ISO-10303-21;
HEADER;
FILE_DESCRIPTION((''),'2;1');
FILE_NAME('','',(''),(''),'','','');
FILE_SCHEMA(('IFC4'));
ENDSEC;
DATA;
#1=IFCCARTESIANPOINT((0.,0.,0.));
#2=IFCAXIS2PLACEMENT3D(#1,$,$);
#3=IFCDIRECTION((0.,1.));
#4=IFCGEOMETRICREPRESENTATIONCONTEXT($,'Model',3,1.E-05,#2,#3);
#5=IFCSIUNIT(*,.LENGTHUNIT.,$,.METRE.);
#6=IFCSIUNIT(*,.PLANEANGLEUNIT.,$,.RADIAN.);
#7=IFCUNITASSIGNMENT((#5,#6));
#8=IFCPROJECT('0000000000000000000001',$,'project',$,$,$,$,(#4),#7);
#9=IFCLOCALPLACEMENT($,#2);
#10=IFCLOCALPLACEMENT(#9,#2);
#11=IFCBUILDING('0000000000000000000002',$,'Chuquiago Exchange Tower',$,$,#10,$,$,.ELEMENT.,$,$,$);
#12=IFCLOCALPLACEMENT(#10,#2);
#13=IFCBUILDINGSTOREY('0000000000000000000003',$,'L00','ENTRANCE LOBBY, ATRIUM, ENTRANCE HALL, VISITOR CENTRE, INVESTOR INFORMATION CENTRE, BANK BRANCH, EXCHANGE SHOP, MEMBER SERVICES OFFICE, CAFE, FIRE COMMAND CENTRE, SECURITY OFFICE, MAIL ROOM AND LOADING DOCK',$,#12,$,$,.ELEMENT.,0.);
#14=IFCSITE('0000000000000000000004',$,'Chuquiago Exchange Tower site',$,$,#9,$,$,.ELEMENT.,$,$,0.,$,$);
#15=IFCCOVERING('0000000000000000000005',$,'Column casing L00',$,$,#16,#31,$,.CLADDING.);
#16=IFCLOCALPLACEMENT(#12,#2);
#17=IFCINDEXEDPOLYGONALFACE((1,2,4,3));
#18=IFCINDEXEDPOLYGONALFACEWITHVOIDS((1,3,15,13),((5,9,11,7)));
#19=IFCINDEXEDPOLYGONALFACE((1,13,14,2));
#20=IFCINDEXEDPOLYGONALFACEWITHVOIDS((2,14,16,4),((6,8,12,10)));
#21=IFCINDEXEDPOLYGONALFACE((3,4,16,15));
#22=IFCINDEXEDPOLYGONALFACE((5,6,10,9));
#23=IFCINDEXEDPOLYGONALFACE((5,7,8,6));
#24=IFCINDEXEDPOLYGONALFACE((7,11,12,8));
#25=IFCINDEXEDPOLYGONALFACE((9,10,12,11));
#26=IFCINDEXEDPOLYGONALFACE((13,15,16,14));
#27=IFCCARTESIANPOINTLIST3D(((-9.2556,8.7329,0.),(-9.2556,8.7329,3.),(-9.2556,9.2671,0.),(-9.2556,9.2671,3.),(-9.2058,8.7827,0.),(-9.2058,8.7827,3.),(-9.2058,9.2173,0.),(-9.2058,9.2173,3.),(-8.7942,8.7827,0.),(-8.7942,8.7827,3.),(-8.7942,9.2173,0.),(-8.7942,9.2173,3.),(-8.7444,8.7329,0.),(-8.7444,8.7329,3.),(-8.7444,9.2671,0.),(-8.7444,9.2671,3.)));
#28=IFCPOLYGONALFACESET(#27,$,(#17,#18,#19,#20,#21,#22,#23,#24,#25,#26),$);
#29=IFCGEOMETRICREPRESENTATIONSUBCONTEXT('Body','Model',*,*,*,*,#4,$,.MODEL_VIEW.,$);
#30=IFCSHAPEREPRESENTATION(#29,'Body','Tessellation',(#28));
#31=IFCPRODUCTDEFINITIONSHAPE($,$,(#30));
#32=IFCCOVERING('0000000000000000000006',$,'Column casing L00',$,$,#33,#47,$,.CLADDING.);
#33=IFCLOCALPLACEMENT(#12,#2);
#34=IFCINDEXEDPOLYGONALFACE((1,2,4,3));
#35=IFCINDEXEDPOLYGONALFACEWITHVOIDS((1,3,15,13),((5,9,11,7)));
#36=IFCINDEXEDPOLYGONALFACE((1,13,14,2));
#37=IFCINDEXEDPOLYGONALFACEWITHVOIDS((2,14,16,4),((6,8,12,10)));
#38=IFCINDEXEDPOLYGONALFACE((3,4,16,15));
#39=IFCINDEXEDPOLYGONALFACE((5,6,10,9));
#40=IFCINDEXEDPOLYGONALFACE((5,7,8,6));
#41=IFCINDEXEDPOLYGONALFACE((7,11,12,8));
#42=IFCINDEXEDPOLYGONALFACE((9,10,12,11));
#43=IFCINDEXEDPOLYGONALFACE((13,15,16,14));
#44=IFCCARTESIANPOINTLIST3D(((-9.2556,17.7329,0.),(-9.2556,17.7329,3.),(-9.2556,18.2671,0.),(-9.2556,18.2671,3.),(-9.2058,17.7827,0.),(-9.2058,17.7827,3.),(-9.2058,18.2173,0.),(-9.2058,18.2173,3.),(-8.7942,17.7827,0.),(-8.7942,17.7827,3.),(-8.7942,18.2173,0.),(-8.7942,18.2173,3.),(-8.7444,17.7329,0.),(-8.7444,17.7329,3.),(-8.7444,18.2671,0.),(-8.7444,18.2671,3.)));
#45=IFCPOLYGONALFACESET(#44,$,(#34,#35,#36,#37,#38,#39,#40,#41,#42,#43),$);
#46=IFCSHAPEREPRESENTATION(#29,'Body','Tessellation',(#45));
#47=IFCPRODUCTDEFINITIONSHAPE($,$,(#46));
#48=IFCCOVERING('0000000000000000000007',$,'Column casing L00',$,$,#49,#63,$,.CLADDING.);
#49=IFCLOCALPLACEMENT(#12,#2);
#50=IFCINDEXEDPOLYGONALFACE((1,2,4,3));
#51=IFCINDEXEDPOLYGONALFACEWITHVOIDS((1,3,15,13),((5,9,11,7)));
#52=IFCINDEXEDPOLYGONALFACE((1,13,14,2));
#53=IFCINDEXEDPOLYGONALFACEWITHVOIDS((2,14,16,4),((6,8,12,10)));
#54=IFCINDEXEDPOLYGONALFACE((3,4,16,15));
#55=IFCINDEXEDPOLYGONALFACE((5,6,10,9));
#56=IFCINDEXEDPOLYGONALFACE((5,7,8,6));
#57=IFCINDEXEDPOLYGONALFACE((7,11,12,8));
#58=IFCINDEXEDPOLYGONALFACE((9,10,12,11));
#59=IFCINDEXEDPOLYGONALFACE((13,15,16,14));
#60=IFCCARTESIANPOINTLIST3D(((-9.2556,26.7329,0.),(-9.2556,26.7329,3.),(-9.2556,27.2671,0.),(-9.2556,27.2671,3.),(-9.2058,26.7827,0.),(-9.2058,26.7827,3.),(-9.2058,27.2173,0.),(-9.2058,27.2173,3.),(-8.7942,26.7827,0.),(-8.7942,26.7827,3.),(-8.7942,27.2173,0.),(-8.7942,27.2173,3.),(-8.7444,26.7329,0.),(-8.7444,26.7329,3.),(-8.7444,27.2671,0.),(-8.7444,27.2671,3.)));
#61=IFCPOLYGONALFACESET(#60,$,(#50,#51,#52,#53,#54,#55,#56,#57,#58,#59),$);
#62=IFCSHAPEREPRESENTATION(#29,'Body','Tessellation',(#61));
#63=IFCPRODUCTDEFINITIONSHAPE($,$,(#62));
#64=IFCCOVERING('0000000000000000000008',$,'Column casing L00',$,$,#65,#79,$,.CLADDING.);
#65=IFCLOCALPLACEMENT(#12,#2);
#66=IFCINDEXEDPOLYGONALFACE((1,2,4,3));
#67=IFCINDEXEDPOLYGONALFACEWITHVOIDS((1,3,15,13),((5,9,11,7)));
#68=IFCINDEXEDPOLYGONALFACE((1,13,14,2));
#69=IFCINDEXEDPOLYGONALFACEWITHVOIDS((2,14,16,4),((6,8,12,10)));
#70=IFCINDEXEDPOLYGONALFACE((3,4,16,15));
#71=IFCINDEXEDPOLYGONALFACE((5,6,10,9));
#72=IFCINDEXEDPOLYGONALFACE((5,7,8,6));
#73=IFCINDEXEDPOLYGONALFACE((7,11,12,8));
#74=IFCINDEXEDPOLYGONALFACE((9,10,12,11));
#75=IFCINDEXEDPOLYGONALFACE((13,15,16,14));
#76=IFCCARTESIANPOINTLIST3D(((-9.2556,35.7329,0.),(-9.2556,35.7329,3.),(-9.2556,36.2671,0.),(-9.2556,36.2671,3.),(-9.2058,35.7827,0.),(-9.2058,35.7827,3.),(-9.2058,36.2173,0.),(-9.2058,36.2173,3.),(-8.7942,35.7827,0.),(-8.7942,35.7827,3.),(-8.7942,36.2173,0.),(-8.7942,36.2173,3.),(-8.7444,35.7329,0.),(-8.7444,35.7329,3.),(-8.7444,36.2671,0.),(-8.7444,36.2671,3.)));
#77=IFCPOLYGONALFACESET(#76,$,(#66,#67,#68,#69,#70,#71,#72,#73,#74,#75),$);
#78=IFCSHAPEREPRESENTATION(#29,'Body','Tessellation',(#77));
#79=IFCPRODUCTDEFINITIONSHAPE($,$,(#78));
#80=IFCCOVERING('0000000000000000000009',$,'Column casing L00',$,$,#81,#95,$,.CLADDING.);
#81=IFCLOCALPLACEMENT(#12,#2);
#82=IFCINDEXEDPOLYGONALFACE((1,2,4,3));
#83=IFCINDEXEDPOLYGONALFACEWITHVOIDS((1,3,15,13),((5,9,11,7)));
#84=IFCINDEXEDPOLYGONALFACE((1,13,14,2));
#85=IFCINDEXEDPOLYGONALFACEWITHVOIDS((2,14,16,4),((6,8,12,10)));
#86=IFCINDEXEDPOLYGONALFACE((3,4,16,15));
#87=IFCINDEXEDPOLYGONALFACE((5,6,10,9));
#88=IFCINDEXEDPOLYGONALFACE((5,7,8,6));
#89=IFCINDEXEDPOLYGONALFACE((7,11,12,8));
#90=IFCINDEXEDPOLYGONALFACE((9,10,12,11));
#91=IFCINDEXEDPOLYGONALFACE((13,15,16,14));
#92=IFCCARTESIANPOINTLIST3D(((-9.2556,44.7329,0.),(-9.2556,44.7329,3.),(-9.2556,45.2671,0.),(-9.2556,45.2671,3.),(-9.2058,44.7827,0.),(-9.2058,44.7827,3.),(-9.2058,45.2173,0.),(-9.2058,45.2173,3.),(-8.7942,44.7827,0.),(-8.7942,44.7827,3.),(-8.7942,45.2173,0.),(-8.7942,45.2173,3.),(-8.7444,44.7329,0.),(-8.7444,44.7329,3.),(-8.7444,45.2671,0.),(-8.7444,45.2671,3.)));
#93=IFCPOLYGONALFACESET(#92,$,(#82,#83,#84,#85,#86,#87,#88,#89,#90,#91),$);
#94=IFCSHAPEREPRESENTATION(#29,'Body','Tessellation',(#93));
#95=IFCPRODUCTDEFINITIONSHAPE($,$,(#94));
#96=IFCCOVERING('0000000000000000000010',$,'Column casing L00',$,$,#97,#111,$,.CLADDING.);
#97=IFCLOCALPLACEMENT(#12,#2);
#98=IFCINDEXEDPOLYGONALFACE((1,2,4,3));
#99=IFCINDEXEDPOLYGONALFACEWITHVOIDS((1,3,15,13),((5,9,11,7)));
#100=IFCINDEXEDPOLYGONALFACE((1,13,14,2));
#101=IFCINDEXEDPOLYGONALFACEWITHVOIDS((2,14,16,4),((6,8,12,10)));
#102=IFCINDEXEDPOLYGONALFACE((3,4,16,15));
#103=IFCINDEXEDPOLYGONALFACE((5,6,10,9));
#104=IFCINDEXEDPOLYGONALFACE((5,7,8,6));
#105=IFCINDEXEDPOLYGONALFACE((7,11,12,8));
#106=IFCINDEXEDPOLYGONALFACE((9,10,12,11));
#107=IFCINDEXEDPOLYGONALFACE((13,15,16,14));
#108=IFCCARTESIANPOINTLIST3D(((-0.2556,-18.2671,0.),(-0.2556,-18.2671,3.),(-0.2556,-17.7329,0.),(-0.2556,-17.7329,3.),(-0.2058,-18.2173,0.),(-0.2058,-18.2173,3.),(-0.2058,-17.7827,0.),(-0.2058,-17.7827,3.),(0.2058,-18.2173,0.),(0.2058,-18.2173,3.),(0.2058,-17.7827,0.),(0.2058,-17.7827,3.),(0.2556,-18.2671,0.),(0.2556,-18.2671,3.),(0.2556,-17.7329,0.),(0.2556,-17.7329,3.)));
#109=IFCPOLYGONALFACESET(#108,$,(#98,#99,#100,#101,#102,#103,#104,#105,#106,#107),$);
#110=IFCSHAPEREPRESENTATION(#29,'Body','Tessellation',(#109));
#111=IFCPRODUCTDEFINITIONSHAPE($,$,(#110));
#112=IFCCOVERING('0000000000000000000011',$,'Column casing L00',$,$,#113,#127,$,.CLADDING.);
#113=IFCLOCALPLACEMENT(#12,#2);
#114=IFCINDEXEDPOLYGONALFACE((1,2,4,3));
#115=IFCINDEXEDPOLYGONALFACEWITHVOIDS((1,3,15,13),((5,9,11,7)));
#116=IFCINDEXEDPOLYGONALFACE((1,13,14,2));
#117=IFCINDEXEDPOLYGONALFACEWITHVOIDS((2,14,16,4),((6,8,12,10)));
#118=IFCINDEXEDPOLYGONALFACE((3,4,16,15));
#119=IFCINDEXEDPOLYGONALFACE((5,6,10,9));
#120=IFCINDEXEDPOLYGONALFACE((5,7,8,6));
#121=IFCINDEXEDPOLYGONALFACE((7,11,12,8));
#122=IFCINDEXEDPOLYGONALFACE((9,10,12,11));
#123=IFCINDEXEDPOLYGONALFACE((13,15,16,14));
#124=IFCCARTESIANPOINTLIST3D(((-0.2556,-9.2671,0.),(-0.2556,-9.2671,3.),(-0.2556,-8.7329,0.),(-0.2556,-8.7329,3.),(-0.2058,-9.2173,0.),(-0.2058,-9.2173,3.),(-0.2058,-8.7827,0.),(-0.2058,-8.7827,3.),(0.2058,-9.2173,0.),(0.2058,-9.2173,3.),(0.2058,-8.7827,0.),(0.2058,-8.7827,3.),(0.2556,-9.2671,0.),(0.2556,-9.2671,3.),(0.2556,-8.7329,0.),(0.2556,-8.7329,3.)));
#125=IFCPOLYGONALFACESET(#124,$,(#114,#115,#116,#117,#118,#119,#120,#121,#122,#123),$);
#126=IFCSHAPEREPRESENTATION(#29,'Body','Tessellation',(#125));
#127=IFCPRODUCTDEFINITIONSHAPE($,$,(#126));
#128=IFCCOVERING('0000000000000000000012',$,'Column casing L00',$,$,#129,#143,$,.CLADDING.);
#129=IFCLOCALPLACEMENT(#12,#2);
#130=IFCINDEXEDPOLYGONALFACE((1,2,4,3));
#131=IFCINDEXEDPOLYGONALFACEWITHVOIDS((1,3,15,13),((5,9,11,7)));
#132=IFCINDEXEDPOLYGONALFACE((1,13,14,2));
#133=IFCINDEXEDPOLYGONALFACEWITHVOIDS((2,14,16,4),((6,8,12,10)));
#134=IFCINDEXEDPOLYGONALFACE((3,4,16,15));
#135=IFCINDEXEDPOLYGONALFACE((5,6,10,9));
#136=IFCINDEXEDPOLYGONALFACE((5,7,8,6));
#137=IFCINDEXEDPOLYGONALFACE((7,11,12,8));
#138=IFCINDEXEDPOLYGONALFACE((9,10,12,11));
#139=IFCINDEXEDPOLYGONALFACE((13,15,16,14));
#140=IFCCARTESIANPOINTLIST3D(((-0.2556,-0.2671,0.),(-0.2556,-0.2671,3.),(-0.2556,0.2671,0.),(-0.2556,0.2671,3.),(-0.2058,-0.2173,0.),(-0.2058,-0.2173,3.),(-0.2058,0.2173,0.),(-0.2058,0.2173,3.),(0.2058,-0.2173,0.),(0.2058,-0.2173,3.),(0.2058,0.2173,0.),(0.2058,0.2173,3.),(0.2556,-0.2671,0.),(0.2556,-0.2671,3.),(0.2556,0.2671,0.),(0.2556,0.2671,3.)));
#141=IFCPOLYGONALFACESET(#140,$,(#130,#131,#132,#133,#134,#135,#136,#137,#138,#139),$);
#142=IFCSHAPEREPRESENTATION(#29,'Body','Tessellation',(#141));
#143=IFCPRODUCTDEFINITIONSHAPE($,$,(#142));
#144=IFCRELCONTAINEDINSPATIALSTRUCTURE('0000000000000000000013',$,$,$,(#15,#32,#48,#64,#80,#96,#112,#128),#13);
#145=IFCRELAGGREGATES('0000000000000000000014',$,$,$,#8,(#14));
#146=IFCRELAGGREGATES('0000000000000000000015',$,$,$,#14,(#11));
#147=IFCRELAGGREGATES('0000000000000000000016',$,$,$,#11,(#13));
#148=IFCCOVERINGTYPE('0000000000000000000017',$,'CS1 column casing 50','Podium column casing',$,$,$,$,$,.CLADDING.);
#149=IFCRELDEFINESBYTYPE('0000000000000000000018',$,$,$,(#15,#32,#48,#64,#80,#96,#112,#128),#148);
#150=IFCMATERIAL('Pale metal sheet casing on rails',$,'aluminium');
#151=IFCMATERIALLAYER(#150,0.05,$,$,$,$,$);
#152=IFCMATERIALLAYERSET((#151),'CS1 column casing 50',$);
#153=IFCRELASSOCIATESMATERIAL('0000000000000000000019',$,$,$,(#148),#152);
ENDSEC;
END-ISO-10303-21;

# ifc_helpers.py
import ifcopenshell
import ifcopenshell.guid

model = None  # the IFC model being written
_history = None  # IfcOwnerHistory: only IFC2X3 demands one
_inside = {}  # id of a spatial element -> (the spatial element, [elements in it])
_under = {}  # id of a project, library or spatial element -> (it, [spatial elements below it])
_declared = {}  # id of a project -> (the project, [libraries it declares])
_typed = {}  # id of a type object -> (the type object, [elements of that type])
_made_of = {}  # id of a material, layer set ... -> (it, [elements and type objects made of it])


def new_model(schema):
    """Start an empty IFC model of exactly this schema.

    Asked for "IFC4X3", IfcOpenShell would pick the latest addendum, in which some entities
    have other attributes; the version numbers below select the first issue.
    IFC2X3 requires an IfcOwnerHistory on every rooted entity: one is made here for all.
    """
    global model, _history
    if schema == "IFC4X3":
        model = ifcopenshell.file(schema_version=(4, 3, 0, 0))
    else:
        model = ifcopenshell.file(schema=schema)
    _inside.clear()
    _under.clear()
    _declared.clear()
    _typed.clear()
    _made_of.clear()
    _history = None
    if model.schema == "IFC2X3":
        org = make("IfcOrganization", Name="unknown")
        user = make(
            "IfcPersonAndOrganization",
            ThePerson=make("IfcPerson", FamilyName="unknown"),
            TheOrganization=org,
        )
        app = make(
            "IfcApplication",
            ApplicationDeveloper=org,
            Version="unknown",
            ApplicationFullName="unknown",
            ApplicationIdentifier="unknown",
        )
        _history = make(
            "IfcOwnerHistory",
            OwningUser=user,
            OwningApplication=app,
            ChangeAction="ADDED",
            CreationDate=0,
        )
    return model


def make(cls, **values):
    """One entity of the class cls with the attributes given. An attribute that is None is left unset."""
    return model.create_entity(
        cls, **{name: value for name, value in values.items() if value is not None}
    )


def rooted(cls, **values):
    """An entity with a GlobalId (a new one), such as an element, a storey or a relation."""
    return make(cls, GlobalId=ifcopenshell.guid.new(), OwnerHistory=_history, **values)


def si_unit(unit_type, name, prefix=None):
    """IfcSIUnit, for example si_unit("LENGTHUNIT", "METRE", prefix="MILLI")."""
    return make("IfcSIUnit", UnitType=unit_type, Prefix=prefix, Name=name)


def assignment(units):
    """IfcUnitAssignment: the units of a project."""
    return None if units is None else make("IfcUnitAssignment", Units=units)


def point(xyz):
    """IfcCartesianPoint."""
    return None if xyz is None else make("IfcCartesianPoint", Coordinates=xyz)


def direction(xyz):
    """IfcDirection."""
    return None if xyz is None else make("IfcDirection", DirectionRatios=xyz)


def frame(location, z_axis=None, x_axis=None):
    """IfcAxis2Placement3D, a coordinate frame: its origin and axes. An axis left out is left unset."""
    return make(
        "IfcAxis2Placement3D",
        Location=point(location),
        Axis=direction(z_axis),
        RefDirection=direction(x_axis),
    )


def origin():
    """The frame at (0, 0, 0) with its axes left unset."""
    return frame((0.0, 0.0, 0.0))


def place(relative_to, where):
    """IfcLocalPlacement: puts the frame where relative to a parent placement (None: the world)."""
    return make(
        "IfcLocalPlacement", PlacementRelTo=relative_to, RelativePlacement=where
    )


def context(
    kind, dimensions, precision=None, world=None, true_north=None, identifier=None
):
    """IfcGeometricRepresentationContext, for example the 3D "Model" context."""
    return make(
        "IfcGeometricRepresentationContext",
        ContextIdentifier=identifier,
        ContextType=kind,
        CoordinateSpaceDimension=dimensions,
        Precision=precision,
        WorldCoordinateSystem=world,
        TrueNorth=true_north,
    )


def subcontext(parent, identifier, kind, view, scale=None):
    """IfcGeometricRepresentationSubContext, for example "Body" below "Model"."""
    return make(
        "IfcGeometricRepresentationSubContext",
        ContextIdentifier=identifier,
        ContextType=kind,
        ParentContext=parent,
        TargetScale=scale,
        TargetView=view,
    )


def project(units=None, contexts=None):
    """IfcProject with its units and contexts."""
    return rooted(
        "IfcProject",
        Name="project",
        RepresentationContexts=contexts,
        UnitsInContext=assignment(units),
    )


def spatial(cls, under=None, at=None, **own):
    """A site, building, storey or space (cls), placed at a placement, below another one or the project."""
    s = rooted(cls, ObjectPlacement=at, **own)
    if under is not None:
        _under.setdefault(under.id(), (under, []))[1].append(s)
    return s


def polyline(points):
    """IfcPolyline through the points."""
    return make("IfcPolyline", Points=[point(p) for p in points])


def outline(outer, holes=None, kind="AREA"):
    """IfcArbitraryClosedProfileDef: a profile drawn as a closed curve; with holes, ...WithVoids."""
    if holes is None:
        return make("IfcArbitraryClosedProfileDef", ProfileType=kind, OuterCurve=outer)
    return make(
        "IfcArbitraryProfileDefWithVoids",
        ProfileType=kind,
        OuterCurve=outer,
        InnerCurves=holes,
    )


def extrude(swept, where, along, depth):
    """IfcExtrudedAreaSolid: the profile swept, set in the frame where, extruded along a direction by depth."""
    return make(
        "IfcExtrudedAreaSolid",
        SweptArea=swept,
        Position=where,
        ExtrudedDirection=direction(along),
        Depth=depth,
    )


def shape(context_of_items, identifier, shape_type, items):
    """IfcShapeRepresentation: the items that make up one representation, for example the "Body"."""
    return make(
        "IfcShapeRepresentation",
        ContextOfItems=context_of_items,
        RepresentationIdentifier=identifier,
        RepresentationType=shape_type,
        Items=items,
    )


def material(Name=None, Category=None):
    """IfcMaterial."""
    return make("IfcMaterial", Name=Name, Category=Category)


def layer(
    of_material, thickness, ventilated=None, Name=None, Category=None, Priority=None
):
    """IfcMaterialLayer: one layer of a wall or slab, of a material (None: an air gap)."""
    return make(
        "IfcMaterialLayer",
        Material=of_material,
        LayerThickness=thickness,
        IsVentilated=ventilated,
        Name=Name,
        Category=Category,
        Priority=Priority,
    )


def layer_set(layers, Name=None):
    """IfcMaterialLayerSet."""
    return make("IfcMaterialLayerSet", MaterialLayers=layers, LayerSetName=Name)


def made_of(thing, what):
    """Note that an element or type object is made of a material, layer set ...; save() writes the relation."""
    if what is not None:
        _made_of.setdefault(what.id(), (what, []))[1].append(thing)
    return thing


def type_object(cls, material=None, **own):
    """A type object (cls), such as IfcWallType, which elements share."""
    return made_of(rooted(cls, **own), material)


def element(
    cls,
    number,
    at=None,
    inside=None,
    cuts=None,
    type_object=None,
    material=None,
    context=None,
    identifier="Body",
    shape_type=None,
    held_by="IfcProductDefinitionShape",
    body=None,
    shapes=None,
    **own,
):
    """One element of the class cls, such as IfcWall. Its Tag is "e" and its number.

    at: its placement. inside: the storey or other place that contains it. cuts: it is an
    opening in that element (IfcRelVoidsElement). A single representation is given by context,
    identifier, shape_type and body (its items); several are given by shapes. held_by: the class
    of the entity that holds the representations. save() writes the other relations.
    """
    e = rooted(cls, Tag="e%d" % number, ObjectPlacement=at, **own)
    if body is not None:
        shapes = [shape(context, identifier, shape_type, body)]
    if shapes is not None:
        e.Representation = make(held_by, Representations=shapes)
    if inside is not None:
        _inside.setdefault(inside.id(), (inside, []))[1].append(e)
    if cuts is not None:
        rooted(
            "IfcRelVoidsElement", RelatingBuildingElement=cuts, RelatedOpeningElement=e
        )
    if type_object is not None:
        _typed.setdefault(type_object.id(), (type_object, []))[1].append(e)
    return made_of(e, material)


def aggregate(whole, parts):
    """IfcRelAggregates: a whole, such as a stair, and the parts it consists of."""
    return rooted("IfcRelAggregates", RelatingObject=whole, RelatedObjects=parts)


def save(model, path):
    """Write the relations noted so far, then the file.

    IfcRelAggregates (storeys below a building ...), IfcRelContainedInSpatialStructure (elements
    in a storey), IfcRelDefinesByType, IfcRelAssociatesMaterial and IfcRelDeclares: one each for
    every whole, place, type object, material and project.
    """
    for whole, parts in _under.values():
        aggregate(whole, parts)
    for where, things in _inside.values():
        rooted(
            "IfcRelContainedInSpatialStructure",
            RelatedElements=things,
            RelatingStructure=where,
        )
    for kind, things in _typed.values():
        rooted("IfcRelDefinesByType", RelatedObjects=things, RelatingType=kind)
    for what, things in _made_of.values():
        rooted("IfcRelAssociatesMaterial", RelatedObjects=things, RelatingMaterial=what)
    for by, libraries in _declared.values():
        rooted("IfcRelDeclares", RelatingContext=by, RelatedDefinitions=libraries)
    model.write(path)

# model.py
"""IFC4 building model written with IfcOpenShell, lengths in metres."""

from ifc_helpers import new_model, si_unit, direction, origin, place, context, subcontext, project, spatial, polyline, outline, extrude, material, layer, layer_set, type_object, element, save


model = new_model("IFC4")

# Units and contexts
model_context = context("Model", 3, precision=1e-05, world=origin(), true_north=direction((0.0, 1.0)))
body_context = subcontext(model_context, "Body", "Model", "MODEL_VIEW")
ifc_project = project(units=[si_unit("LENGTHUNIT", "METRE"), si_unit("PLANEANGLEUNIT", "RADIAN")], contexts=[model_context])

# Site, building, storey
site_placement = place(None, origin())
site = spatial("IfcSite", under=ifc_project, at=site_placement, Name="Chuquiago Exchange Tower site", CompositionType="ELEMENT", RefElevation=0.0)
building_placement = place(site_placement, origin())
building = spatial("IfcBuilding", under=site, at=building_placement, Name="Chuquiago Exchange Tower", CompositionType="ELEMENT")
storey_placement = place(building_placement, origin())
storey = spatial("IfcBuildingStorey", under=building, at=storey_placement, Name="L00", Description="ENTRANCE LOBBY, ATRIUM, ENTRANCE HALL, VISITOR CENTRE, INVESTOR INFORMATION CENTRE, BANK BRANCH, EXCHANGE SHOP, MEMBER SERVICES OFFICE, CAFE, FIRE COMMAND CENTRE, SECURITY OFFICE, MAIL ROOM AND LOADING DOCK", CompositionType="ELEMENT", Elevation=0.0)

# Coverings
ifc_material_1 = material(Name="Pale metal sheet casing on rails", Category="aluminium")
ifc_layer_1 = layer(ifc_material_1, 0.05)
ifc_layer_set_1 = layer_set([ifc_layer_1], Name="CS1 column casing 50")
covering_type = type_object("IfcCoveringType", Name="CS1 column casing 50", Description="Podium column casing", PredefinedType="CLADDING", material=ifc_layer_set_1)
covering_1_placement = place(storey_placement, origin())
element("IfcCovering", 1, at=covering_1_placement, inside=storey, type_object=covering_type, Name="Column casing L00", PredefinedType="CLADDING", context=body_context, shape_type="SweptSolid", body=[
    extrude(outline(polyline([(-9.2556, 8.7329), (-8.7444, 8.7329), (-8.7444, 9.2671), (-9.2556, 9.2671), (-9.2556, 8.7329)]), holes=[polyline([(-9.2058, 8.7827), (-9.2058, 9.2173), (-8.7942, 9.2173), (-8.7942, 8.7827), (-9.2058, 8.7827)])]), origin(), (0.0, 0.0, 1.0), 3.0),
])
covering_2_placement = place(storey_placement, origin())
element("IfcCovering", 2, at=covering_2_placement, inside=storey, type_object=covering_type, Name="Column casing L00", PredefinedType="CLADDING", context=body_context, shape_type="SweptSolid", body=[
    extrude(outline(polyline([(-9.2556, 17.7329), (-8.7444, 17.7329), (-8.7444, 18.2671), (-9.2556, 18.2671), (-9.2556, 17.7329)]), holes=[polyline([(-9.2058, 17.7827), (-9.2058, 18.2173), (-8.7942, 18.2173), (-8.7942, 17.7827), (-9.2058, 17.7827)])]), origin(), (0.0, 0.0, 1.0), 3.0),
])
covering_3_placement = place(storey_placement, origin())
element("IfcCovering", 3, at=covering_3_placement, inside=storey, type_object=covering_type, Name="Column casing L00", PredefinedType="CLADDING", context=body_context, shape_type="SweptSolid", body=[
    extrude(outline(polyline([(-9.2556, 26.7329), (-8.7444, 26.7329), (-8.7444, 27.2671), (-9.2556, 27.2671), (-9.2556, 26.7329)]), holes=[polyline([(-9.2058, 26.7827), (-9.2058, 27.2173), (-8.7942, 27.2173), (-8.7942, 26.7827), (-9.2058, 26.7827)])]), origin(), (0.0, 0.0, 1.0), 3.0),
])
covering_4_placement = place(storey_placement, origin())
element("IfcCovering", 4, at=covering_4_placement, inside=storey, type_object=covering_type, Name="Column casing L00", PredefinedType="CLADDING", context=body_context, shape_type="SweptSolid", body=[
    extrude(outline(polyline([(-9.2556, 35.7329), (-8.7444, 35.7329), (-8.7444, 36.2671), (-9.2556, 36.2671), (-9.2556, 35.7329)]), holes=[polyline([(-9.2058, 35.7827), (-9.2058, 36.2173), (-8.7942, 36.2173), (-8.7942, 35.7827), (-9.2058, 35.7827)])]), origin(), (0.0, 0.0, 1.0), 3.0),
])
covering_5_placement = place(storey_placement, origin())
element("IfcCovering", 5, at=covering_5_placement, inside=storey, type_object=covering_type, Name="Column casing L00", PredefinedType="CLADDING", context=body_context, shape_type="SweptSolid", body=[
    extrude(outline(polyline([(-9.2556, 44.7329), (-8.7444, 44.7329), (-8.7444, 45.2671), (-9.2556, 45.2671), (-9.2556, 44.7329)]), holes=[polyline([(-9.2058, 44.7827), (-9.2058, 45.2173), (-8.7942, 45.2173), (-8.7942, 44.7827), (-9.2058, 44.7827)])]), origin(), (0.0, 0.0, 1.0), 3.0),
])
covering_6_placement = place(storey_placement, origin())
element("IfcCovering", 6, at=covering_6_placement, inside=storey, type_object=covering_type, Name="Column casing L00", PredefinedType="CLADDING", context=body_context, shape_type="SweptSolid", body=[
    extrude(outline(polyline([(-0.2556, -18.2671), (0.2556, -18.2671), (0.2556, -17.7329), (-0.2556, -17.7329), (-0.2556, -18.2671)]), holes=[polyline([(-0.2058, -18.2173), (-0.2058, -17.7827), (0.2058, -17.7827), (0.2058, -18.2173), (-0.2058, -18.2173)])]), origin(), (0.0, 0.0, 1.0), 3.0),
])
covering_7_placement = place(storey_placement, origin())
element("IfcCovering", 7, at=covering_7_placement, inside=storey, type_object=covering_type, Name="Column casing L00", PredefinedType="CLADDING", context=body_context, shape_type="SweptSolid", body=[
    extrude(outline(polyline([(-0.2556, -9.2671), (0.2556, -9.2671), (0.2556, -8.7329), (-0.2556, -8.7329), (-0.2556, -9.2671)]), holes=[polyline([(-0.2058, -9.2173), (-0.2058, -8.7827), (0.2058, -8.7827), (0.2058, -9.2173), (-0.2058, -9.2173)])]), origin(), (0.0, 0.0, 1.0), 3.0),
])
covering_8_placement = place(storey_placement, origin())
element("IfcCovering", 8, at=covering_8_placement, inside=storey, type_object=covering_type, Name="Column casing L00", PredefinedType="CLADDING", context=body_context, shape_type="SweptSolid", body=[
    extrude(outline(polyline([(-0.2556, -0.2671), (0.2556, -0.2671), (0.2556, 0.2671), (-0.2556, 0.2671), (-0.2556, -0.2671)]), holes=[polyline([(-0.2058, -0.2173), (-0.2058, 0.2173), (0.2058, 0.2173), (0.2058, -0.2173), (-0.2058, -0.2173)])]), origin(), (0.0, 0.0, 1.0), 3.0),
])

save(model, "model.ifc")
